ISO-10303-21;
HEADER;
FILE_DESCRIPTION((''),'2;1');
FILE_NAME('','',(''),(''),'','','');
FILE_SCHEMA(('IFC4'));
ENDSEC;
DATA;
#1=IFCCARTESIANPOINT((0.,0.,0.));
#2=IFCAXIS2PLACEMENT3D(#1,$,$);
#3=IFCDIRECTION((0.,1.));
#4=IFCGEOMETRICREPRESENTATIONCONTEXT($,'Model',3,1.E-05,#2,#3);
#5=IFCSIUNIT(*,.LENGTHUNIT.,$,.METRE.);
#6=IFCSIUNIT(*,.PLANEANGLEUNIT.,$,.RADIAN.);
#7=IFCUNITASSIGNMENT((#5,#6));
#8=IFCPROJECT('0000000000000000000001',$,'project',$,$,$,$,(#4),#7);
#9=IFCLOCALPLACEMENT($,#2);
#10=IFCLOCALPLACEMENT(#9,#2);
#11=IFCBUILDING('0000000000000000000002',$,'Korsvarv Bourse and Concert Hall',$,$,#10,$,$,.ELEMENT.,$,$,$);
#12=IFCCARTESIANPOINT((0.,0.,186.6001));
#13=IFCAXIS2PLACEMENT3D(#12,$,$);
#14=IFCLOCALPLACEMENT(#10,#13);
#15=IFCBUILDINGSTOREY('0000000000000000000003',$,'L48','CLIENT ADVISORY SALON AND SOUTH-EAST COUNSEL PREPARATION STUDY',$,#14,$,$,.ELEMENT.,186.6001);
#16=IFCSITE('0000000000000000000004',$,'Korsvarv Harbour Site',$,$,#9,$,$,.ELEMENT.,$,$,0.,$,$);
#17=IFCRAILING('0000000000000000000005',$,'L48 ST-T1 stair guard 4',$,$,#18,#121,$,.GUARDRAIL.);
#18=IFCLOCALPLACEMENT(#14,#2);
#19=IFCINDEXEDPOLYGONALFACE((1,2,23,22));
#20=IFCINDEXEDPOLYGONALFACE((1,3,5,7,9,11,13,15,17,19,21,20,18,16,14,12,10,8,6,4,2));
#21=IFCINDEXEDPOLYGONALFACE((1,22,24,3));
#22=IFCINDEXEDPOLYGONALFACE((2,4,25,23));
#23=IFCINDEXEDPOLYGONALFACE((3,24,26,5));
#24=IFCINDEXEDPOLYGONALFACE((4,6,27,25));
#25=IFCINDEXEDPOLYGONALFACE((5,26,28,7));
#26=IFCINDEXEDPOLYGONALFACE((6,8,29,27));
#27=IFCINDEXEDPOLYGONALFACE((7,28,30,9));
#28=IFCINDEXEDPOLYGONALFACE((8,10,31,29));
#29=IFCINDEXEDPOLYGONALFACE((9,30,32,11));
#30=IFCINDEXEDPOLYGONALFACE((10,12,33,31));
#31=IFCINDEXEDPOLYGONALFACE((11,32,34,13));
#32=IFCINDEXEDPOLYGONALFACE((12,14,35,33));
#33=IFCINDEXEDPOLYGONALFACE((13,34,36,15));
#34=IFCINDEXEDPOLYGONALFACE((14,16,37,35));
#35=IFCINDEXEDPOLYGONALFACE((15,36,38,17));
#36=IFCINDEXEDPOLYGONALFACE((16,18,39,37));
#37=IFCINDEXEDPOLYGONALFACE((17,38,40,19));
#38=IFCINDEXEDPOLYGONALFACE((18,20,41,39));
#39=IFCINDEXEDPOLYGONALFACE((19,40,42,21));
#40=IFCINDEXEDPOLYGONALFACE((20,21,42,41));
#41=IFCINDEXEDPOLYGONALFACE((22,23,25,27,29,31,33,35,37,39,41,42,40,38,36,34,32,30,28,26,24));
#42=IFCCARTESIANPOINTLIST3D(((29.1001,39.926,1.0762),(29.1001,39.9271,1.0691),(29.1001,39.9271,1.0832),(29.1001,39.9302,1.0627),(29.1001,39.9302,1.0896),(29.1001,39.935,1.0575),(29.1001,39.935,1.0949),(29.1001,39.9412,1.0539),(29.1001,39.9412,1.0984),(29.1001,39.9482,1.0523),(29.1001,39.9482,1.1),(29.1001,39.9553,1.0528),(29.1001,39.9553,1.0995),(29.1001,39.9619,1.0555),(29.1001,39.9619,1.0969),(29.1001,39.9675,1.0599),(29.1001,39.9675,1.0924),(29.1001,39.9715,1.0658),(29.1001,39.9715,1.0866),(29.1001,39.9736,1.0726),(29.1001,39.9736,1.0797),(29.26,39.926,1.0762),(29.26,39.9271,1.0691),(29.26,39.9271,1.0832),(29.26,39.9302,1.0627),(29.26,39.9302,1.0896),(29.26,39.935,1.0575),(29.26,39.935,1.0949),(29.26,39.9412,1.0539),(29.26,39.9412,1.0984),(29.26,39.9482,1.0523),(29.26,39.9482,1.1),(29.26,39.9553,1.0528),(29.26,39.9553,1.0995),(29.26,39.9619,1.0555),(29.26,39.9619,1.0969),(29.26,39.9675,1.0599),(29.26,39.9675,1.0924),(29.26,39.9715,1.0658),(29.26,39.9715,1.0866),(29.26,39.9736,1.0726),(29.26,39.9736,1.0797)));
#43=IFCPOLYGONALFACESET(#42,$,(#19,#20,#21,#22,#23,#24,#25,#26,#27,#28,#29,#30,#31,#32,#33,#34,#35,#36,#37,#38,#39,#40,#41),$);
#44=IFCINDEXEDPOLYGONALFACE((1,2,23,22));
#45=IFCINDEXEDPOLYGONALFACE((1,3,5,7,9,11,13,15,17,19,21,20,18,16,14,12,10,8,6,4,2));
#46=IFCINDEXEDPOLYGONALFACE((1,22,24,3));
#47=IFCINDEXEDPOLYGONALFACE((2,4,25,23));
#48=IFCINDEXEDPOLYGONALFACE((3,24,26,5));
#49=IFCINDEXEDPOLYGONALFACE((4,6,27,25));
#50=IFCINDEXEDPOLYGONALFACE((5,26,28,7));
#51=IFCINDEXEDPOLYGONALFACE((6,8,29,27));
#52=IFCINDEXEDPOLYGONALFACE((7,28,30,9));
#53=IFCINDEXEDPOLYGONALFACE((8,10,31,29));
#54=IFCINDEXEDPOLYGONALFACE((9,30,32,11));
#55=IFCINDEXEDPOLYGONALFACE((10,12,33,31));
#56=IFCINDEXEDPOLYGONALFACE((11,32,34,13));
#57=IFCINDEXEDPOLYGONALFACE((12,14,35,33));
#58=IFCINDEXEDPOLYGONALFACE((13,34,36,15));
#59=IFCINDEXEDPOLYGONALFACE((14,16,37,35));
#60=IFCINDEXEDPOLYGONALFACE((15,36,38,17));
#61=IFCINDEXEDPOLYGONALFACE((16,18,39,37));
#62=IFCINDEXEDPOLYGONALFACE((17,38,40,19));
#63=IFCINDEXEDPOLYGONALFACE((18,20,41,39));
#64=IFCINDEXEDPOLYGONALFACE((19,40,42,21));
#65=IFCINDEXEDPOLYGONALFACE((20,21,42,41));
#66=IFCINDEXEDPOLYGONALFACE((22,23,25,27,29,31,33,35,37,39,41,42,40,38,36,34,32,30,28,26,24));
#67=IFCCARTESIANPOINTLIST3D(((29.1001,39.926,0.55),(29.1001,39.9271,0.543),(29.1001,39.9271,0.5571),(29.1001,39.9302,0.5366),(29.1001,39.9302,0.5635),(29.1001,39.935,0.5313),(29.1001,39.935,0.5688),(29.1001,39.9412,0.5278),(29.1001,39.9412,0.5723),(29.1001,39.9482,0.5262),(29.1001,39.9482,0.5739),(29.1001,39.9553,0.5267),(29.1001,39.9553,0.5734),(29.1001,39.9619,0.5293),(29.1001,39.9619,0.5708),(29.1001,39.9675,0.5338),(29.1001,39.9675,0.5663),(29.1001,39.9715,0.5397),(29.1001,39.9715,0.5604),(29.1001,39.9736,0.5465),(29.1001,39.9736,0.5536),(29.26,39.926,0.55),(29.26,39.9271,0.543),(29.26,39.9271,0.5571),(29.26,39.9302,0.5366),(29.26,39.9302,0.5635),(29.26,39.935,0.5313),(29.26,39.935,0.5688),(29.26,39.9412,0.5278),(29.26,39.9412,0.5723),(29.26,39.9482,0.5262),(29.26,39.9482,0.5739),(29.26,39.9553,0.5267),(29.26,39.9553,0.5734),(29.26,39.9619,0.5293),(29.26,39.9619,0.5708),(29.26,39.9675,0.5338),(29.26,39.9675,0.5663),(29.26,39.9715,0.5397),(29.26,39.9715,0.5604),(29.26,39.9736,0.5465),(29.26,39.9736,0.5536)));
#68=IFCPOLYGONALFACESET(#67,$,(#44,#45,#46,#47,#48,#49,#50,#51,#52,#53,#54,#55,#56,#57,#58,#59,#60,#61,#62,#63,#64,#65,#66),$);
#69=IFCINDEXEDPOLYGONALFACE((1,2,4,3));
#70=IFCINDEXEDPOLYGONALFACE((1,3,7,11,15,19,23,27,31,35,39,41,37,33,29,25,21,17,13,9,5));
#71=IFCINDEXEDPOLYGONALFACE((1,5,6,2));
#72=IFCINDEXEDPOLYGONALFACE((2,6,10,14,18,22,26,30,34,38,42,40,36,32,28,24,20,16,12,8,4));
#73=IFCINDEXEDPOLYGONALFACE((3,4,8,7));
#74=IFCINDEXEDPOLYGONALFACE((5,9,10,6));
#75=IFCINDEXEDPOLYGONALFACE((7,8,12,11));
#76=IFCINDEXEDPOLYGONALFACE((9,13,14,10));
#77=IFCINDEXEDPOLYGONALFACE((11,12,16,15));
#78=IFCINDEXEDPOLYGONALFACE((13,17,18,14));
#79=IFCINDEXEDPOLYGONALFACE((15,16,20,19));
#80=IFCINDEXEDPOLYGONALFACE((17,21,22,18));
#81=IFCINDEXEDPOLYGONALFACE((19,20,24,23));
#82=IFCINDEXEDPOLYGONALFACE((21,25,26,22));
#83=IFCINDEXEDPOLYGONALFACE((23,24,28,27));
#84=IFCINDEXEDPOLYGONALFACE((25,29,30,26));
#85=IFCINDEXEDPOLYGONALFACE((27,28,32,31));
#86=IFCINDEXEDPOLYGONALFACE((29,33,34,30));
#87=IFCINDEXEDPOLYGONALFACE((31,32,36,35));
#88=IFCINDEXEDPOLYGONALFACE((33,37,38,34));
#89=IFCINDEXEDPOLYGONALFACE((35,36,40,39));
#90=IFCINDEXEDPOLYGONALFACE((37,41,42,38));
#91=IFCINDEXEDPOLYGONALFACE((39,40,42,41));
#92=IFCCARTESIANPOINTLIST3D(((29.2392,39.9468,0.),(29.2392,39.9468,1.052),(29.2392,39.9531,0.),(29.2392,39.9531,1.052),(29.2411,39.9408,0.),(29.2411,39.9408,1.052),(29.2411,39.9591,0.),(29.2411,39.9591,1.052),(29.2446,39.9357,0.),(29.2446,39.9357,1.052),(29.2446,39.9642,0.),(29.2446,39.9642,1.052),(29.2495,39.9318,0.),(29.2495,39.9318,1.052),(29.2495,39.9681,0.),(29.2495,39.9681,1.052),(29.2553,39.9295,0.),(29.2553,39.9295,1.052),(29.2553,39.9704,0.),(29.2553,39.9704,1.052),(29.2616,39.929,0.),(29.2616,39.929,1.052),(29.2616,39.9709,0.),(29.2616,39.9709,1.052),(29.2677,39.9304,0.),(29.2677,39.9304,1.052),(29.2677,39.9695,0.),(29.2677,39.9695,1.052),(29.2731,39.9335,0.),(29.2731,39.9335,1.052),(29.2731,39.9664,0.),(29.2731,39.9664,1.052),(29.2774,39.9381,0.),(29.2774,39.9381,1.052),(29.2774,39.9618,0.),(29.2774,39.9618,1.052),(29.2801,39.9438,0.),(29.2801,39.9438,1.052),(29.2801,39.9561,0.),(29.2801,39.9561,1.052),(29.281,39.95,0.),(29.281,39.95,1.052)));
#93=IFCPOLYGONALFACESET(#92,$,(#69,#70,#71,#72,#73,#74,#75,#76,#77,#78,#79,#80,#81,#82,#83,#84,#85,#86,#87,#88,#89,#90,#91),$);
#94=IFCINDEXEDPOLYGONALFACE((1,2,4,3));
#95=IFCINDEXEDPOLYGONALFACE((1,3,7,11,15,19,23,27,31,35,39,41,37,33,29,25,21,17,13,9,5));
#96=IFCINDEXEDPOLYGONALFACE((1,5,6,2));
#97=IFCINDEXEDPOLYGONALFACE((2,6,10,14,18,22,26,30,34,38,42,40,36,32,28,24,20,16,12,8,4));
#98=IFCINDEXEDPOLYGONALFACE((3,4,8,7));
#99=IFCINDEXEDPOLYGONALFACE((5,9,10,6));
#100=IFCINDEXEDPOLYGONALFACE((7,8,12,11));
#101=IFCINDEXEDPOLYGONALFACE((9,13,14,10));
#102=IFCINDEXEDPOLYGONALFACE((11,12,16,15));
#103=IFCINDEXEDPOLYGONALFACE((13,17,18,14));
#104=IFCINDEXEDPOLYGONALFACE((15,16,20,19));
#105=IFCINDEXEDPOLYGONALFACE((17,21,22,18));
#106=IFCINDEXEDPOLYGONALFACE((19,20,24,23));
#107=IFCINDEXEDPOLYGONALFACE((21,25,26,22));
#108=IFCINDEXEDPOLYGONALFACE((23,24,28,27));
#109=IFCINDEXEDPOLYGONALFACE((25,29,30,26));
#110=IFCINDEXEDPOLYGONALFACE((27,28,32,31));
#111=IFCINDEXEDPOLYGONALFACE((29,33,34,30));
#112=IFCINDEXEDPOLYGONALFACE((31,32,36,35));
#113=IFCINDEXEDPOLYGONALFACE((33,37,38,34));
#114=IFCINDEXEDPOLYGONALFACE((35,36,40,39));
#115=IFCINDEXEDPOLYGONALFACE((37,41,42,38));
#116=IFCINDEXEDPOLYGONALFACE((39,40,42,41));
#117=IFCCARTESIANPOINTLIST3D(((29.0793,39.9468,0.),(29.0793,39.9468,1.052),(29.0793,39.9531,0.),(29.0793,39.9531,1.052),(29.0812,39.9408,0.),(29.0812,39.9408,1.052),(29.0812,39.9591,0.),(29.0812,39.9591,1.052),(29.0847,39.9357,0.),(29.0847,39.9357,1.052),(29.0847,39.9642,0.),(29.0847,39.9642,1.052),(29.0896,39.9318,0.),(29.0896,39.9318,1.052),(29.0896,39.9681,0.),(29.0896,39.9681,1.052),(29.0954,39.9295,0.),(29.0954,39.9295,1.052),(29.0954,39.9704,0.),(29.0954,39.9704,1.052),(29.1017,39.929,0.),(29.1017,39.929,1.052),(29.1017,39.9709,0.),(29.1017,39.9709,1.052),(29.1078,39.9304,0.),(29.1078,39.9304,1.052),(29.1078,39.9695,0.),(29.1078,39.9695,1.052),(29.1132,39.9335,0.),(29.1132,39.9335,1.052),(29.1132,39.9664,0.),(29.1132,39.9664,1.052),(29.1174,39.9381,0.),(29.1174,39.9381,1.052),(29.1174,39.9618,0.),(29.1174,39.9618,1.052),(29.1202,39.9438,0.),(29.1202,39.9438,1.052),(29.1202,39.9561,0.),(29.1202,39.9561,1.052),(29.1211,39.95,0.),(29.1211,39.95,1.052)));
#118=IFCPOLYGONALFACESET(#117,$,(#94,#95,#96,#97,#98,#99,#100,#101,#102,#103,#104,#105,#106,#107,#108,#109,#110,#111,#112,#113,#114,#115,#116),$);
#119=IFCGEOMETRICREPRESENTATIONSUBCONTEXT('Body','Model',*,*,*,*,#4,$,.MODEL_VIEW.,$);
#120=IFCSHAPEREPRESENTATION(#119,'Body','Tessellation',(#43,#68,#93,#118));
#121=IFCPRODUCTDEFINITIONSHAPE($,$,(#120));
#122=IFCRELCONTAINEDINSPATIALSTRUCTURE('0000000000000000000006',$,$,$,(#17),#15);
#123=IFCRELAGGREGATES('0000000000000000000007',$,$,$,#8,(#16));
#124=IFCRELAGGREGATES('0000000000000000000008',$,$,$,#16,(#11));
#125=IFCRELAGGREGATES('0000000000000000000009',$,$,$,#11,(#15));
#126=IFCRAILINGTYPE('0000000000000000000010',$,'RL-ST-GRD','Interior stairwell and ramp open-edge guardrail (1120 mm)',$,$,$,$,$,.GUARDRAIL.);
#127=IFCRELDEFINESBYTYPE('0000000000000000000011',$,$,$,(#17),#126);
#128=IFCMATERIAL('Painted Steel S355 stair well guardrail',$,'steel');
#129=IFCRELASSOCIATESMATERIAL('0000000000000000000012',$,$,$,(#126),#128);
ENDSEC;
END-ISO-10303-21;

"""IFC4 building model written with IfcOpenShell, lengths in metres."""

from ifc_helpers import new_model, si_unit, direction, frame, origin, origin_2d, place, context, subcontext, project, spatial, circle, extrude, material, type_object, element, save


model = new_model("IFC4")

# Units and contexts
model_context = context("Model", 3, precision=1e-05, world=origin(), true_north=direction((0.0, 1.0)))
body_context = subcontext(model_context, "Body", "Model", "MODEL_VIEW")
ifc_project = project(units=[si_unit("LENGTHUNIT", "METRE"), si_unit("PLANEANGLEUNIT", "RADIAN")], contexts=[model_context])

# Site, building, storey
site_placement = place(None, origin())
site = spatial("IfcSite", under=ifc_project, at=site_placement, Name="Korsvarv Harbour Site", CompositionType="ELEMENT", RefElevation=0.0)
building_placement = place(site_placement, origin())
building = spatial("IfcBuilding", under=site, at=building_placement, Name="Korsvarv Bourse and Concert Hall", CompositionType="ELEMENT")
storey_placement = place(building_placement, frame((0.0, 0.0, 186.6001)))
storey = spatial("IfcBuildingStorey", under=building, at=storey_placement, Name="L48", Description="CLIENT ADVISORY SALON AND SOUTH-EAST COUNSEL PREPARATION STUDY", CompositionType="ELEMENT", Elevation=186.6001)

# Railing
ifc_material_1 = material(Name="Painted Steel S355 stair well guardrail", Category="steel")
railing_type_1 = type_object("IfcRailingType", Name="RL-ST-GRD", Description="Interior stairwell and ramp open-edge guardrail (1120 mm)", PredefinedType="GUARDRAIL", material=ifc_material_1)
railing_1_placement = place(storey_placement, frame((29.26, 39.95, 0.0)))
element("IfcRailing", 1, at=railing_1_placement, inside=storey, type_object=railing_type_1, Name="L48 ST-T1 stair guard 4", PredefinedType="GUARDRAIL", context=body_context, shape_type="SweptSolid", body=[
    extrude(circle(Radius=0.0239, at=origin_2d()), frame((0.0, 0.0, 1.0762), z_axis=(-1.0, 0.0, 0.0), x_axis=(0.0, -1.0, 0.0)), (0.0, 0.0, 1.0), 0.1599),
    extrude(circle(Radius=0.0239, at=origin_2d()), frame((0.0, 0.0, 0.55), z_axis=(-1.0, 0.0, 0.0), x_axis=(0.0, -1.0, 0.0)), (0.0, 0.0, 1.0), 0.1599),
    extrude(circle(Radius=0.021, at=origin_2d()), origin(), (0.0, 0.0, 1.0), 1.052),
    extrude(circle(Radius=0.021, at=origin_2d()), frame((-0.1599, 0.0, 0.0)), (0.0, 0.0, 1.0), 1.052),
])

save(model, "model.ifc")
